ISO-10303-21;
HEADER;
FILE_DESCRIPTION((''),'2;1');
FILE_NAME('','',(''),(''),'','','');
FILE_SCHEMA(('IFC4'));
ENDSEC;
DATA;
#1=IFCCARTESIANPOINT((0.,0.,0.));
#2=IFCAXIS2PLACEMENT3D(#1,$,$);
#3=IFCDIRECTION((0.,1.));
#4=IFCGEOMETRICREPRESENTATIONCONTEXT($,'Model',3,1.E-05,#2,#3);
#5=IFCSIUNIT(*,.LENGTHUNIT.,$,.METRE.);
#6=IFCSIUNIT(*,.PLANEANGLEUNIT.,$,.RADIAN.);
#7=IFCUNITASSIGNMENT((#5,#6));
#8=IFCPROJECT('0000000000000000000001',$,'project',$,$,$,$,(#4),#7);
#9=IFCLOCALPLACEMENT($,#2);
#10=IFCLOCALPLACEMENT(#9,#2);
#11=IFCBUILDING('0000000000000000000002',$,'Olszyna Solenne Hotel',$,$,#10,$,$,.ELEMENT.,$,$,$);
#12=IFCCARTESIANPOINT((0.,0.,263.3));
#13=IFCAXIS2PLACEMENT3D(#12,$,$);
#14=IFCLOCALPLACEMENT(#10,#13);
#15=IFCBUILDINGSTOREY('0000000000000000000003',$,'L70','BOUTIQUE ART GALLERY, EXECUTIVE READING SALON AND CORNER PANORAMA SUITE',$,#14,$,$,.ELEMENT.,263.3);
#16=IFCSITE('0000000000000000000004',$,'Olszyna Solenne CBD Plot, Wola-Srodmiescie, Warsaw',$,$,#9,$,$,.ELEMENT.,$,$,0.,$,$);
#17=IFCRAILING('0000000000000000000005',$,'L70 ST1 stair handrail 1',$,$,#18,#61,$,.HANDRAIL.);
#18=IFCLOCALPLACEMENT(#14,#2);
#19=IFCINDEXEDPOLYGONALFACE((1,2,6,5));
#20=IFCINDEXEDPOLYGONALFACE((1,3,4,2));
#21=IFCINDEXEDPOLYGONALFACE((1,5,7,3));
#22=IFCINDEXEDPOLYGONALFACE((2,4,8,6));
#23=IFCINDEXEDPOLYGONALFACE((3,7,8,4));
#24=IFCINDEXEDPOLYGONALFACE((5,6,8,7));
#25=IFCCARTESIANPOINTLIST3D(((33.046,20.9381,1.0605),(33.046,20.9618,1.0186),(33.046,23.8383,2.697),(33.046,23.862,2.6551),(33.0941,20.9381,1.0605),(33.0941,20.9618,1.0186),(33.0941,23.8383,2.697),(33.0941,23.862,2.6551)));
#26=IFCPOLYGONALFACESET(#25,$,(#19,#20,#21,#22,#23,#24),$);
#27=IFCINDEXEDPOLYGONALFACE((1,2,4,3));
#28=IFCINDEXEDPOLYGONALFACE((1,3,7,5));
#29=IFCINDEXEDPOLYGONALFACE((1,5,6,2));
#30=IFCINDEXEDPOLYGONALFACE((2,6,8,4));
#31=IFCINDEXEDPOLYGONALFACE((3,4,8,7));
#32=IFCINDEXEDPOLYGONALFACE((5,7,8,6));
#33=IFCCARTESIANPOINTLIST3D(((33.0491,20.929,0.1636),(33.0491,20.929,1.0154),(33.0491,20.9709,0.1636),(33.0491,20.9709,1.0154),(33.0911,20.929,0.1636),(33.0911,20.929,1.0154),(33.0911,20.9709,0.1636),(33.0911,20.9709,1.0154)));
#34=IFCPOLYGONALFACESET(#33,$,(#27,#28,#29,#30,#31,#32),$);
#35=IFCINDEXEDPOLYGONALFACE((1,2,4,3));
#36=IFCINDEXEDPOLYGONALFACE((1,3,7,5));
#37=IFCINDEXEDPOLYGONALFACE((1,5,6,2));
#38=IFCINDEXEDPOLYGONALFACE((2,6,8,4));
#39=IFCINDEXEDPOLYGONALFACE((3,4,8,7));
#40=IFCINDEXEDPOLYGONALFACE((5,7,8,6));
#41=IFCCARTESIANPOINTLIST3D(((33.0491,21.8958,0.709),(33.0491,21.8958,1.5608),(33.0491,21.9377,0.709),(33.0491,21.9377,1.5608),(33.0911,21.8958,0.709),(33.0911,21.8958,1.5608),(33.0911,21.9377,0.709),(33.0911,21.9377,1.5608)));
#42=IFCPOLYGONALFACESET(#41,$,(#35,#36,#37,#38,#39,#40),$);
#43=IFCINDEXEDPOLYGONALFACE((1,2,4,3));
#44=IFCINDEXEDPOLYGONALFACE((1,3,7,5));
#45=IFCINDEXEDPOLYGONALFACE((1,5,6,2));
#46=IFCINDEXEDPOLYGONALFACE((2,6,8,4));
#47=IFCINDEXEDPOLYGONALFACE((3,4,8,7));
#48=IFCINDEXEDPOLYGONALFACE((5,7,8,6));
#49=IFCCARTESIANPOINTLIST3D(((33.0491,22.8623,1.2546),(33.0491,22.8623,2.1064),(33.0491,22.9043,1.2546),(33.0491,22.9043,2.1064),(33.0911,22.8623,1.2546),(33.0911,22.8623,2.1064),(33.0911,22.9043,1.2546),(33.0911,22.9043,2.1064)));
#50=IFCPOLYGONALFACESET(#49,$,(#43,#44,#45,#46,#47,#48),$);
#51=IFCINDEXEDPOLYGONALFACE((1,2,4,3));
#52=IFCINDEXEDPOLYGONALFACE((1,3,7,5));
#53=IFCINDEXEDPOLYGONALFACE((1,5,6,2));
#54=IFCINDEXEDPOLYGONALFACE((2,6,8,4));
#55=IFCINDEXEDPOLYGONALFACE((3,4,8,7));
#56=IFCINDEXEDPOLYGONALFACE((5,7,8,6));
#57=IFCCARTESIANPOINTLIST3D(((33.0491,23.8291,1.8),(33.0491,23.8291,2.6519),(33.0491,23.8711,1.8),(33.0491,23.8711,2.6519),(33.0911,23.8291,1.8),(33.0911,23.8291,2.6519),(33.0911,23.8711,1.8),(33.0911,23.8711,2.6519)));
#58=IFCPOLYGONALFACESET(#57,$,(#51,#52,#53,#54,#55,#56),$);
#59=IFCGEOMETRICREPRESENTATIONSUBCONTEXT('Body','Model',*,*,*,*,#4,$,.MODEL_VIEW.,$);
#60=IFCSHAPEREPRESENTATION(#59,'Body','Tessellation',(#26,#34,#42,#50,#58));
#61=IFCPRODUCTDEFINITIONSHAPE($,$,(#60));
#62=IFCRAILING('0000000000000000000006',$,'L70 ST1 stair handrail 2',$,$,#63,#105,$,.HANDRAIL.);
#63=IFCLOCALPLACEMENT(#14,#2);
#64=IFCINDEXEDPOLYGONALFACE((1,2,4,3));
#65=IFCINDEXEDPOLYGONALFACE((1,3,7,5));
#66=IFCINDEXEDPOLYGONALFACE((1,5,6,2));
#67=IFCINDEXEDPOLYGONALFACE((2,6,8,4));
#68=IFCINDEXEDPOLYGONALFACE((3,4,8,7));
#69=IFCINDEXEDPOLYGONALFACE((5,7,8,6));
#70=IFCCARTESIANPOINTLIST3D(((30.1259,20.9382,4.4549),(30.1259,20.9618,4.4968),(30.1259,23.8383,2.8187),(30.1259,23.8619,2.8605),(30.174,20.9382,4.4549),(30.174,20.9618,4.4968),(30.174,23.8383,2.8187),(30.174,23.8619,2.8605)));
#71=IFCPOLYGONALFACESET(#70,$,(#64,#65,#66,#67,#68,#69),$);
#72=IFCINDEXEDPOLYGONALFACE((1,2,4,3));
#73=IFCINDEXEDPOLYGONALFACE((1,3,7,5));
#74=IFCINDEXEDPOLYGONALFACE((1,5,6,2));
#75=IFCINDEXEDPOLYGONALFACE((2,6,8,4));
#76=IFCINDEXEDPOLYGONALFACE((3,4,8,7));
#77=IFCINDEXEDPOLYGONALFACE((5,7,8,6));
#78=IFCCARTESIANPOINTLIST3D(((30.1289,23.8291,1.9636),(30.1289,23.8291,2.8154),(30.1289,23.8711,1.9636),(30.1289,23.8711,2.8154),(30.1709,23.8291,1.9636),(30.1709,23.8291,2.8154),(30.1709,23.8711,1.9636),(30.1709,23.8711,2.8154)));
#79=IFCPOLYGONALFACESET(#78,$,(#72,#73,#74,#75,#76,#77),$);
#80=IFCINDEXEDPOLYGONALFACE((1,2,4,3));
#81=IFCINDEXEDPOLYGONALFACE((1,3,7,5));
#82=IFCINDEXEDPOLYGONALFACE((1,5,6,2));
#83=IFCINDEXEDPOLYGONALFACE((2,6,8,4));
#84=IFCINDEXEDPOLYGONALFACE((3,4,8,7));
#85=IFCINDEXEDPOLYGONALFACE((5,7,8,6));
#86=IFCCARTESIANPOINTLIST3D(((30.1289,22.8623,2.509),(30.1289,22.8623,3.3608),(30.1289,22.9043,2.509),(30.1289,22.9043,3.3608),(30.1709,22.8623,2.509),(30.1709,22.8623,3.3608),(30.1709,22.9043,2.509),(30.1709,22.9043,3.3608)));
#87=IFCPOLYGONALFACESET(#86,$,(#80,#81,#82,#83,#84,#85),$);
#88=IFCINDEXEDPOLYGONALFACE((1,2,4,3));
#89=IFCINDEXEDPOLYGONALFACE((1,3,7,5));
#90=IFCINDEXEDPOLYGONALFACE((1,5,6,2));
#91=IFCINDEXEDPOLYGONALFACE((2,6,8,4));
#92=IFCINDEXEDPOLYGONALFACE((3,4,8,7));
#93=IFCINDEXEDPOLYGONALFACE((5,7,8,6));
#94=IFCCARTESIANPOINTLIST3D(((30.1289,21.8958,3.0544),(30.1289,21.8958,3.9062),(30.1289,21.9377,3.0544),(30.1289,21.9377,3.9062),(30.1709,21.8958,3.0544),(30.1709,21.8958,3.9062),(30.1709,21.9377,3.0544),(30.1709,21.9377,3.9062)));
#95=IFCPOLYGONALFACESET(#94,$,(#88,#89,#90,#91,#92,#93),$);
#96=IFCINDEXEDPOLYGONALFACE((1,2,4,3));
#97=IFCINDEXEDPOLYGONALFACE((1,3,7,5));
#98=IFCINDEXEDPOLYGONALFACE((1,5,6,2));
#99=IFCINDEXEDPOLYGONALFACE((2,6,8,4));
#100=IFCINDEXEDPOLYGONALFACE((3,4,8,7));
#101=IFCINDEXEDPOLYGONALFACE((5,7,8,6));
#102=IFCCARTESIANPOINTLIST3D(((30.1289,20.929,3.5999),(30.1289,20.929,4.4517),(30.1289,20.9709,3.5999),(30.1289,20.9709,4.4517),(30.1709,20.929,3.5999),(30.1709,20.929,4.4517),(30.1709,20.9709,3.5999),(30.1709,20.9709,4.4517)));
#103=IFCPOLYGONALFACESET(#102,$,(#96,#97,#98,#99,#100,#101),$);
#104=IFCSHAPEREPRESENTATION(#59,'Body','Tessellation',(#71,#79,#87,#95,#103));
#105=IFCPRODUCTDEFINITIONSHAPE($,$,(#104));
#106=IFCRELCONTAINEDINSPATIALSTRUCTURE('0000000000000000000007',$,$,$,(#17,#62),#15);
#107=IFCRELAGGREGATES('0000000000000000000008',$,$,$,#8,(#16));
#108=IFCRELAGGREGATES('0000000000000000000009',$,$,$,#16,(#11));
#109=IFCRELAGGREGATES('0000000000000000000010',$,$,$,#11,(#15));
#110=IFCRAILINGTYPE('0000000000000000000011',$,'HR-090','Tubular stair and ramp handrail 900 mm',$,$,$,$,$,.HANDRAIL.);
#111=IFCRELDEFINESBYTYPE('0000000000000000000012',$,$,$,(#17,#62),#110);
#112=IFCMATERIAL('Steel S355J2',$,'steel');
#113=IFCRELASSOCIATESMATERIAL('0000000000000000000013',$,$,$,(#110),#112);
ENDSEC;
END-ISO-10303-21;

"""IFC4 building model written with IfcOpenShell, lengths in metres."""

from ifc_helpers import new_model, si_unit, direction, frame, origin, origin_2d, place, context, subcontext, project, spatial, rectangle, extrude, material, type_object, element, save


model = new_model("IFC4")

# Units and contexts
model_context = context("Model", 3, precision=1e-05, world=origin(), true_north=direction((0.0, 1.0)))
body_context = subcontext(model_context, "Body", "Model", "MODEL_VIEW")
ifc_project = project(units=[si_unit("LENGTHUNIT", "METRE"), si_unit("PLANEANGLEUNIT", "RADIAN")], contexts=[model_context])

# Site, building, storey
site_placement = place(None, origin())
site = spatial("IfcSite", under=ifc_project, at=site_placement, Name="Olszyna Solenne CBD Plot, Wola-Srodmiescie, Warsaw", CompositionType="ELEMENT", RefElevation=0.0)
building_placement = place(site_placement, origin())
building = spatial("IfcBuilding", under=site, at=building_placement, Name="Olszyna Solenne Hotel", CompositionType="ELEMENT")
storey_placement = place(building_placement, frame((0.0, 0.0, 263.3)))
storey = spatial("IfcBuildingStorey", under=building, at=storey_placement, Name="L70", Description="BOUTIQUE ART GALLERY, EXECUTIVE READING SALON AND CORNER PANORAMA SUITE", CompositionType="ELEMENT", Elevation=263.3)

# Shared definitions
ifc_material_1 = material(Name="Steel S355J2", Category="steel")

# Railings
railing_type_1 = type_object("IfcRailingType", Name="HR-090", Description="Tubular stair and ramp handrail 900 mm", PredefinedType="HANDRAIL", material=ifc_material_1)
railing_1_placement = place(storey_placement, frame((33.0701, 20.95, 0.1636)))
element("IfcRailing", 1, at=railing_1_placement, inside=storey, type_object=railing_type_1, Name="L70 ST1 stair handrail 1", PredefinedType="HANDRAIL", context=body_context, shape_type="SweptSolid", body=[
    extrude(rectangle(XDim=0.0481, YDim=0.0481, at=origin_2d()), frame((0.0, 0.0, 0.876), z_axis=(0.0, 0.870915, 0.491434), x_axis=(-1.0, 0.0, 0.0)), (0.0, 0.0, 1.0), 3.3301),
    extrude(rectangle(XDim=0.042, YDim=0.042, at=origin_2d()), origin(), (0.0, 0.0, 1.0), 0.8518),
    extrude(rectangle(XDim=0.042, YDim=0.042, at=origin_2d()), frame((0.0, 0.9668, 0.5454)), (0.0, 0.0, 1.0), 0.8518),
    extrude(rectangle(XDim=0.042, YDim=0.042, at=origin_2d()), frame((0.0, 1.9333, 1.0911)), (0.0, 0.0, 1.0), 0.8518),
    extrude(rectangle(XDim=0.042, YDim=0.042, at=origin_2d()), frame((0.0, 2.9001, 1.6365)), (0.0, 0.0, 1.0), 0.8518),
])
railing_2_placement = place(storey_placement, frame((30.1499, 23.8501, 1.9636)))
element("IfcRailing", 2, at=railing_2_placement, inside=storey, type_object=railing_type_1, Name="L70 ST1 stair handrail 2", PredefinedType="HANDRAIL", context=body_context, shape_type="SweptSolid", body=[
    extrude(rectangle(XDim=0.0481, YDim=0.0481, at=origin_2d()), frame((0.0, 0.0, 0.876), z_axis=(0.0, -0.870946, 0.491378), x_axis=(1.0, 0.0, 0.0)), (0.0, 0.0, 1.0), 3.3298),
    extrude(rectangle(XDim=0.042, YDim=0.042, at=origin_2d()), origin(), (0.0, 0.0, 1.0), 0.8518),
    extrude(rectangle(XDim=0.042, YDim=0.042, at=origin_2d()), frame((0.0, -0.9668, 0.5454)), (0.0, 0.0, 1.0), 0.8518),
    extrude(rectangle(XDim=0.042, YDim=0.042, at=origin_2d()), frame((0.0, -1.9333, 1.0908)), (0.0, 0.0, 1.0), 0.8518),
    extrude(rectangle(XDim=0.042, YDim=0.042, at=origin_2d()), frame((0.0, -2.9001, 1.6362)), (0.0, 0.0, 1.0), 0.8518),
])

save(model, "model.ifc")
